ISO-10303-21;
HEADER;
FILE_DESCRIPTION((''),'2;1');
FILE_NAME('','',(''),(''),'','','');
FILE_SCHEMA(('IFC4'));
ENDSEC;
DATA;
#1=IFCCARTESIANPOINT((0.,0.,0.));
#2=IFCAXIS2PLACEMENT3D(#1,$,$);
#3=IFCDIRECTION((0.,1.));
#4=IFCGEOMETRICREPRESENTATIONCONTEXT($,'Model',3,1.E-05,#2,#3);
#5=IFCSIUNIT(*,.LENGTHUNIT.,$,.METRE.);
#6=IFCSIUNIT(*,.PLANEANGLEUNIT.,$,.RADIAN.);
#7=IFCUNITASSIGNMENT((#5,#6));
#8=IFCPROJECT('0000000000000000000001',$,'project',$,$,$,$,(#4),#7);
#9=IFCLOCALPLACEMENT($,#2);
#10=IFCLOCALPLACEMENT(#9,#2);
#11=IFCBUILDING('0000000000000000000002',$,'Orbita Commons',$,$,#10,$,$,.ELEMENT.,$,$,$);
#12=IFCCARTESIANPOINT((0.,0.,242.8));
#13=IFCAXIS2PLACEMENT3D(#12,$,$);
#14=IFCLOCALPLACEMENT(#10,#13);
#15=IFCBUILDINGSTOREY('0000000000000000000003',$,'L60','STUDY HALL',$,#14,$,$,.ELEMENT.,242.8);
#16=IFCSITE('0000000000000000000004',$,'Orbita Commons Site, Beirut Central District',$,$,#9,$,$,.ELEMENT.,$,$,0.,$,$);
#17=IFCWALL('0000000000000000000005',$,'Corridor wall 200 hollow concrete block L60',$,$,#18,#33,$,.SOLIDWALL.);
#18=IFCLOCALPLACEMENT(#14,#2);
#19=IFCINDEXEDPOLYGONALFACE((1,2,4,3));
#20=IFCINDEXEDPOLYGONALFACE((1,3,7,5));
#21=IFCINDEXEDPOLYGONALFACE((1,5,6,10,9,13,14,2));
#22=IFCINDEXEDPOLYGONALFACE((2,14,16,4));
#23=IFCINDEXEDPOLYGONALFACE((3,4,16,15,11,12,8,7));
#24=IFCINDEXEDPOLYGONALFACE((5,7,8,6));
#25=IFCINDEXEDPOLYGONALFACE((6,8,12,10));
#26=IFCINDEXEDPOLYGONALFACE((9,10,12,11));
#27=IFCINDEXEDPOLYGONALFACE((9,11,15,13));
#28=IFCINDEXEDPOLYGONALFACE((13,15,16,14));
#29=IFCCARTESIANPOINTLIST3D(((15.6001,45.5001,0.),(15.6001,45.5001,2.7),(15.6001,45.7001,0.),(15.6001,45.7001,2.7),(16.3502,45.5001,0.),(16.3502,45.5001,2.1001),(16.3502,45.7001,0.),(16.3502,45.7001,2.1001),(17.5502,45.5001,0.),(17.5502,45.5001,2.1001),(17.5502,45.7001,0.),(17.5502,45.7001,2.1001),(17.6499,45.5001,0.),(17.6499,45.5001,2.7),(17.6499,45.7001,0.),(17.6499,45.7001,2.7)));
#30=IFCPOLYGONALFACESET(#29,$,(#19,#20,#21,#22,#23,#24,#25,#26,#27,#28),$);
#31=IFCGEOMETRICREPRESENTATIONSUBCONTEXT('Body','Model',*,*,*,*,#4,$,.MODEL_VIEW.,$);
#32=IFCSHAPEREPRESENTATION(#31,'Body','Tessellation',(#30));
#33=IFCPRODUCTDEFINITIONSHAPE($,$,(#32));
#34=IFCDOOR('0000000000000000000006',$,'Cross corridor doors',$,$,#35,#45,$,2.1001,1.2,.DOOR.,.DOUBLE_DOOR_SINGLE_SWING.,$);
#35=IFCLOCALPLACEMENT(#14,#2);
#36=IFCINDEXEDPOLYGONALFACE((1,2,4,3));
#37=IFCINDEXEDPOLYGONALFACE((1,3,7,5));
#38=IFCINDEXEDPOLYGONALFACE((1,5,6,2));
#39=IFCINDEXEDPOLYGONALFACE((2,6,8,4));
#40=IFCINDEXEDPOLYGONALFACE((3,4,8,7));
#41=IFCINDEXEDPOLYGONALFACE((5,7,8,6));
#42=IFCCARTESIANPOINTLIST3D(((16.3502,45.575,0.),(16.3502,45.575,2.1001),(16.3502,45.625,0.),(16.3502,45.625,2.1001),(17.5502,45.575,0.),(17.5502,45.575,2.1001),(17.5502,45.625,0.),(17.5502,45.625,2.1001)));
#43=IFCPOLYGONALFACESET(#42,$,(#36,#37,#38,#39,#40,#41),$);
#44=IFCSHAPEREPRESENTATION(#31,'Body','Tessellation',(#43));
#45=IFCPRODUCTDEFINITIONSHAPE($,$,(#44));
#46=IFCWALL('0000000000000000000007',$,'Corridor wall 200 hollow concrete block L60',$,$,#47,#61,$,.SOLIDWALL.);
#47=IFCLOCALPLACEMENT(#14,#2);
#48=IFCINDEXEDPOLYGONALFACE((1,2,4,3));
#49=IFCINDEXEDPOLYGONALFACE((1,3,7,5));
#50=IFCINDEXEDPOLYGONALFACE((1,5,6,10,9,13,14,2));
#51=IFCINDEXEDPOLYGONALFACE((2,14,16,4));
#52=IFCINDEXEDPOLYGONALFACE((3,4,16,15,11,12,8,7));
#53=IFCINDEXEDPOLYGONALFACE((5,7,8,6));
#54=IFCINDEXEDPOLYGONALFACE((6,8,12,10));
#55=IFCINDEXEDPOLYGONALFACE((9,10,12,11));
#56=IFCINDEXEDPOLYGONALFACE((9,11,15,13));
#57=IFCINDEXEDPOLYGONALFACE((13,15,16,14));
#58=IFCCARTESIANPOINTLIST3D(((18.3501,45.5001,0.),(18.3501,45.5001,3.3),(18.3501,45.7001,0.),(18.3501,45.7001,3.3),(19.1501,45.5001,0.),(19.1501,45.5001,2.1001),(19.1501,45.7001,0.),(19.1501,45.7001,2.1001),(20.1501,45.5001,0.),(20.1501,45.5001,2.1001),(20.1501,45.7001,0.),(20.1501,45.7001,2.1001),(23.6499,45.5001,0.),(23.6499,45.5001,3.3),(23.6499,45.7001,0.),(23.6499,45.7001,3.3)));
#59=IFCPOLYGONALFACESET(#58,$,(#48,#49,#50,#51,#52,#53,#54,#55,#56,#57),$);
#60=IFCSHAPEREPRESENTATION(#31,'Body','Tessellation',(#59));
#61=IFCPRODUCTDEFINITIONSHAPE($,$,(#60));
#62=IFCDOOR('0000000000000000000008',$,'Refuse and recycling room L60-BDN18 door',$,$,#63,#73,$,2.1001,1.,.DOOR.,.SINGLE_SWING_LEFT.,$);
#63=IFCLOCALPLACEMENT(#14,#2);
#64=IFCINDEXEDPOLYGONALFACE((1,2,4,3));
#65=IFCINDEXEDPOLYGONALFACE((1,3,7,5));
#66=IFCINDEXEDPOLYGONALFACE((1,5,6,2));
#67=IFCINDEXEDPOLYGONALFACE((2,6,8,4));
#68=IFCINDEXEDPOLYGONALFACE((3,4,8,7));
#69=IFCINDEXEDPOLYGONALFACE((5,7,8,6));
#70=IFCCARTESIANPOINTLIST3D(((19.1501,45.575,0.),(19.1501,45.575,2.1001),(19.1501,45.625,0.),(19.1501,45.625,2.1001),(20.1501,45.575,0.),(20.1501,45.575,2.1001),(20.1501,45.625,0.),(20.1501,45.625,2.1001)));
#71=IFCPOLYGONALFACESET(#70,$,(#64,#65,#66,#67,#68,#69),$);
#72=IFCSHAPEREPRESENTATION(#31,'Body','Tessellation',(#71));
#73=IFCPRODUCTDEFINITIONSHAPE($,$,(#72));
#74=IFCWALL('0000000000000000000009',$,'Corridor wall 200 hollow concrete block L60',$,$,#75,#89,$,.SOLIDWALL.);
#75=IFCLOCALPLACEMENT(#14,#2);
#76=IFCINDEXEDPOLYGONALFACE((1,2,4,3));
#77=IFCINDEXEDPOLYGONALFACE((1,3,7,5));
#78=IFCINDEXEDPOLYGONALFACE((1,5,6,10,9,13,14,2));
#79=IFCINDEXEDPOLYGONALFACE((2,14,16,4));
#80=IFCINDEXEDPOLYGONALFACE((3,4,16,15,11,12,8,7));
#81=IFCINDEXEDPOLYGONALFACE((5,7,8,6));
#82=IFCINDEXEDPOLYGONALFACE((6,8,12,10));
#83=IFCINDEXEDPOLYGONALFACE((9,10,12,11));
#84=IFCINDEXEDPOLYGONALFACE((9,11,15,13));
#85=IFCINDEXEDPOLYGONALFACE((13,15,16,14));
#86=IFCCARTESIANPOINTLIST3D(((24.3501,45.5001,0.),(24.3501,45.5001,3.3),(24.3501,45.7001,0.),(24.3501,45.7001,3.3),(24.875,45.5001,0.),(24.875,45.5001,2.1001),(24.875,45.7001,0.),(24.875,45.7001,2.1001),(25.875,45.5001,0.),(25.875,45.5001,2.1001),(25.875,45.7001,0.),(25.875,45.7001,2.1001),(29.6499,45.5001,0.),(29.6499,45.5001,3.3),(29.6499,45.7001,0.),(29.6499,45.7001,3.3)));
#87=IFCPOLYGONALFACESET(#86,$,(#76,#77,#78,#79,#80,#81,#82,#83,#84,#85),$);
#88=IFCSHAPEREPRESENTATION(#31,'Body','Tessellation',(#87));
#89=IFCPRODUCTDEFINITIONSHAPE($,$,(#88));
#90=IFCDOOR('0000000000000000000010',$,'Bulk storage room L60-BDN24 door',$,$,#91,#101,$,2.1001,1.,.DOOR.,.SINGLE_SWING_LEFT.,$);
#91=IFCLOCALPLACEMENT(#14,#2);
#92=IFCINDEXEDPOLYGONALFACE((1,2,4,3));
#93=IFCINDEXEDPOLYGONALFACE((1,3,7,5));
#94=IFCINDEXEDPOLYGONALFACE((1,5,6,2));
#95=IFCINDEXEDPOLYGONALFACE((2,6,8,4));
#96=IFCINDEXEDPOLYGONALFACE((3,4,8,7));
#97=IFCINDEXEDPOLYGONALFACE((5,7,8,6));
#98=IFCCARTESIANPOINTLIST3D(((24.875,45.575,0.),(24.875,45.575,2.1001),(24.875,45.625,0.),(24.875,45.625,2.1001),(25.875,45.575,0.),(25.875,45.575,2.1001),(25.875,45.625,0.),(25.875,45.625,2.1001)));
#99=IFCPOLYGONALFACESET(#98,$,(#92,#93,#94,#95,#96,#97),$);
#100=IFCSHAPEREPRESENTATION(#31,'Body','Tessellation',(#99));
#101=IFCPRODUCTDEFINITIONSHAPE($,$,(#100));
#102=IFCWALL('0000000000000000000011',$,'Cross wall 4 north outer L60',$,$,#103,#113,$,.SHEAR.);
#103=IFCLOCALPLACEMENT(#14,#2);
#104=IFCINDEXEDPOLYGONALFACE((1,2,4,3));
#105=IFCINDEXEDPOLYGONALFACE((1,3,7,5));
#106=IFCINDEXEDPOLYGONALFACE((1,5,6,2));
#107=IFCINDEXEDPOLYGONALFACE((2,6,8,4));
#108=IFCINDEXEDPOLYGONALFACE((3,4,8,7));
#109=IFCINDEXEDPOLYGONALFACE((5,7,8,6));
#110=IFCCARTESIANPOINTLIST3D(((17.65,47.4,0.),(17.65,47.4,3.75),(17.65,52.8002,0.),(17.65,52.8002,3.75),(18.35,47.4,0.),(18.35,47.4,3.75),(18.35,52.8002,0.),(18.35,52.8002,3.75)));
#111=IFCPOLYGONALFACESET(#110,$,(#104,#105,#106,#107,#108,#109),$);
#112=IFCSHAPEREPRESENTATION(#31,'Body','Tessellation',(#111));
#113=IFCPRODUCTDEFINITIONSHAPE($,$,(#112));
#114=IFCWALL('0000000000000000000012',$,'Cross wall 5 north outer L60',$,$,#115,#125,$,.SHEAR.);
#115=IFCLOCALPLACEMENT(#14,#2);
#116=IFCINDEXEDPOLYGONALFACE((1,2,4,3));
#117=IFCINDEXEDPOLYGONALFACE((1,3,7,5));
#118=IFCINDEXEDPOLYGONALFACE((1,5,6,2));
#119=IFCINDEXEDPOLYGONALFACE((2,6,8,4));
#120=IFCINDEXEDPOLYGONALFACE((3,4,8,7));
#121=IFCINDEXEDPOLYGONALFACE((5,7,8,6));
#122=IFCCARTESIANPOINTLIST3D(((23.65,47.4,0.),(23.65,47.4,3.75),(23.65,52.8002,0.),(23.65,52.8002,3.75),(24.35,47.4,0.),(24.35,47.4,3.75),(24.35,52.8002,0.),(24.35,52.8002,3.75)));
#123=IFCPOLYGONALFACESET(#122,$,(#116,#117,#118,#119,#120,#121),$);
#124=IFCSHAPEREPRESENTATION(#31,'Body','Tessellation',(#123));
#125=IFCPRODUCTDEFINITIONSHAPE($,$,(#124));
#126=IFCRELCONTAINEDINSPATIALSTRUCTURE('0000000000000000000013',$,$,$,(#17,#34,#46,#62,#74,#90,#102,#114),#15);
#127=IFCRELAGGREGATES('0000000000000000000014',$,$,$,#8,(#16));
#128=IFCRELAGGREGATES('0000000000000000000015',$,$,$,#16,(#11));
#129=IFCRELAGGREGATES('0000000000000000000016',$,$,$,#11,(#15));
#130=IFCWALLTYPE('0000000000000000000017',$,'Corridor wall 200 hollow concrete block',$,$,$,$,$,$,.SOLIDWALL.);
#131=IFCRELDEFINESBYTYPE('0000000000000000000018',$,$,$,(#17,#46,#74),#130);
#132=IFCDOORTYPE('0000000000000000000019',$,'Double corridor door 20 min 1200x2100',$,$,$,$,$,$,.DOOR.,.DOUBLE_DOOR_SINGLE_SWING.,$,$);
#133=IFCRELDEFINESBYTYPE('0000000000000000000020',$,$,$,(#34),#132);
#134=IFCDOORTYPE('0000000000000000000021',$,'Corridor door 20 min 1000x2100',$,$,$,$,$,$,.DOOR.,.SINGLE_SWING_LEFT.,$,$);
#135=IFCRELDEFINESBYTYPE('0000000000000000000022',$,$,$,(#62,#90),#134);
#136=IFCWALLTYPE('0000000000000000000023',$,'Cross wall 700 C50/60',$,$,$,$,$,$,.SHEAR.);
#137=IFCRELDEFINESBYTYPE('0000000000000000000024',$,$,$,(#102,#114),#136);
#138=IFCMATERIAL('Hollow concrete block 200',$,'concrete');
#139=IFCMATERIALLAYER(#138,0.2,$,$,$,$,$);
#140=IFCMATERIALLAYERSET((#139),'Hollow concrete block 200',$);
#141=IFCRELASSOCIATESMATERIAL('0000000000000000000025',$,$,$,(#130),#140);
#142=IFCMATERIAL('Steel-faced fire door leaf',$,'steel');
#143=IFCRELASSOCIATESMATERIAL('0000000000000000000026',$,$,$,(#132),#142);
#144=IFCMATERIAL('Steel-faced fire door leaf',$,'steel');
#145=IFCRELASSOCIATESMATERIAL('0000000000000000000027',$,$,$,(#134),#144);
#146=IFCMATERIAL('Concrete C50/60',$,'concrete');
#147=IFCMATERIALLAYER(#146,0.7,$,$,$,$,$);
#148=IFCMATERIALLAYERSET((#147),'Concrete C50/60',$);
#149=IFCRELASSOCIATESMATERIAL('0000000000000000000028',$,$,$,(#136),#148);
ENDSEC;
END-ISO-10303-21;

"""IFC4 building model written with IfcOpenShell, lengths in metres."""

from ifc_helpers import new_model, si_unit, direction, frame, frame_2d, origin, place, context, subcontext, project, spatial, rectangle, extrude, material, layer, layer_set, type_object, element, fill, save


model = new_model("IFC4")

# Units and contexts
model_context = context("Model", 3, precision=1e-05, world=origin(), true_north=direction((0.0, 1.0)))
body_context = subcontext(model_context, "Body", "Model", "MODEL_VIEW")
ifc_project = project(units=[si_unit("LENGTHUNIT", "METRE"), si_unit("PLANEANGLEUNIT", "RADIAN")], contexts=[model_context])

# Site, building, storey
site_placement = place(None, origin())
site = spatial("IfcSite", under=ifc_project, at=site_placement, Name="Orbita Commons Site, Beirut Central District", CompositionType="ELEMENT", RefElevation=0.0)
building_placement = place(site_placement, origin())
building = spatial("IfcBuilding", under=site, at=building_placement, Name="Orbita Commons", CompositionType="ELEMENT")
storey_placement = place(building_placement, frame((0.0, 0.0, 242.8)))
storey = spatial("IfcBuildingStorey", under=building, at=storey_placement, Name="L60", Description="STUDY HALL", CompositionType="ELEMENT", Elevation=242.8)

# Walls, openings, doors
ifc_material_1 = material(Name="Hollow concrete block 200", Category="concrete")
ifc_layer_1 = layer(ifc_material_1, 0.2)
ifc_layer_set_1 = layer_set([ifc_layer_1], Name="Hollow concrete block 200")
wall_type_1 = type_object("IfcWallType", Name="Corridor wall 200 hollow concrete block", PredefinedType="SOLIDWALL", material=ifc_layer_set_1)
wall_1_placement = place(storey_placement, frame((15.6001, 45.6001, 0.0), z_axis=(0.0, 0.0, 1.0), x_axis=(1.0, 0.0, 0.0)))
wall_1 = element("IfcWall", 1, at=wall_1_placement, inside=storey, type_object=wall_type_1, Name="Corridor wall 200 hollow concrete block L60", PredefinedType="SOLIDWALL", context=body_context, shape_type="SweptSolid", body=[
    extrude(rectangle(XDim=2.0498, YDim=0.2, at=frame_2d((1.0249, 0.0))), origin(), (0.0, 0.0, 1.0), 2.7),
])
opening_1_placement = place(wall_1_placement, frame((0.75, 0.0, 0.0)))
opening_1 = element("IfcOpeningElement", 2, at=opening_1_placement, cuts=wall_1, PredefinedType="OPENING", context=body_context, shape_type="SweptSolid", body=[
    extrude(rectangle(XDim=1.2, YDim=2.1001, at=frame_2d((0.6001, 1.05))), frame((0.0, 0.1099, 0.0), z_axis=(0.0, -1.0, 0.0), x_axis=(1.0, 0.0, 0.0)), (0.0, 0.0, 1.0), 0.22),
])
ifc_material_2 = material(Name="Steel-faced fire door leaf", Category="steel")
door_type_1 = type_object("IfcDoorType", Name="Double corridor door 20 min 1200x2100", OperationType="DOUBLE_DOOR_SINGLE_SWING", PredefinedType="DOOR", material=ifc_material_2)
door_1_placement = place(opening_1_placement, origin())
door_1 = element("IfcDoor", 3, at=door_1_placement, inside=storey, type_object=door_type_1, Name="Cross corridor doors", OperationType="DOUBLE_DOOR_SINGLE_SWING", OverallHeight=2.1001, OverallWidth=1.2, PredefinedType="DOOR", context=body_context, shape_type="SweptSolid", body=[
    extrude(rectangle(XDim=1.2, YDim=2.1001, at=frame_2d((0.6001, 1.05))), frame((0.0, 0.0249, 0.0), z_axis=(0.0, -1.0, 0.0), x_axis=(1.0, 0.0, 0.0)), (0.0, 0.0, 1.0), 0.05),
])
fill(opening_1, door_1)
wall_2_placement = place(storey_placement, frame((18.3501, 45.6001, 0.0), z_axis=(0.0, 0.0, 1.0), x_axis=(1.0, 0.0, 0.0)))
wall_2 = element("IfcWall", 4, at=wall_2_placement, inside=storey, type_object=wall_type_1, Name="Corridor wall 200 hollow concrete block L60", PredefinedType="SOLIDWALL", context=body_context, shape_type="SweptSolid", body=[
    extrude(rectangle(XDim=5.2998, YDim=0.2, at=frame_2d((2.6499, 0.0))), origin(), (0.0, 0.0, 1.0), 3.3),
])
opening_2_placement = place(wall_2_placement, frame((0.8, 0.0, 0.0)))
opening_2 = element("IfcOpeningElement", 5, at=opening_2_placement, cuts=wall_2, PredefinedType="OPENING", context=body_context, shape_type="SweptSolid", body=[
    extrude(rectangle(XDim=1.0, YDim=2.1001, at=frame_2d((0.5, 1.05))), frame((0.0, 0.1099, 0.0), z_axis=(0.0, -1.0, 0.0), x_axis=(1.0, 0.0, 0.0)), (0.0, 0.0, 1.0), 0.22),
])
ifc_material_3 = material(Name="Steel-faced fire door leaf", Category="steel")
door_type_2 = type_object("IfcDoorType", Name="Corridor door 20 min 1000x2100", OperationType="SINGLE_SWING_LEFT", PredefinedType="DOOR", material=ifc_material_3)
door_2_placement = place(opening_2_placement, origin())
door_2 = element("IfcDoor", 6, at=door_2_placement, inside=storey, type_object=door_type_2, Name="Refuse and recycling room L60-BDN18 door", OperationType="SINGLE_SWING_LEFT", OverallHeight=2.1001, OverallWidth=1.0, PredefinedType="DOOR", context=body_context, shape_type="SweptSolid", body=[
    extrude(rectangle(XDim=1.0, YDim=2.1001, at=frame_2d((0.5, 1.05))), frame((0.0, 0.0249, 0.0), z_axis=(0.0, -1.0, 0.0), x_axis=(1.0, 0.0, 0.0)), (0.0, 0.0, 1.0), 0.05),
])
fill(opening_2, door_2)
wall_3_placement = place(storey_placement, frame((24.3501, 45.6001, 0.0), z_axis=(0.0, 0.0, 1.0), x_axis=(1.0, 0.0, 0.0)))
wall_3 = element("IfcWall", 7, at=wall_3_placement, inside=storey, type_object=wall_type_1, Name="Corridor wall 200 hollow concrete block L60", PredefinedType="SOLIDWALL", context=body_context, shape_type="SweptSolid", body=[
    extrude(rectangle(XDim=5.2998, YDim=0.2, at=frame_2d((2.6499, 0.0))), origin(), (0.0, 0.0, 1.0), 3.3),
])
opening_3_placement = place(wall_3_placement, frame((0.5249, 0.0, 0.0)))
opening_3 = element("IfcOpeningElement", 8, at=opening_3_placement, cuts=wall_3, PredefinedType="OPENING", context=body_context, shape_type="SweptSolid", body=[
    extrude(rectangle(XDim=1.0, YDim=2.1001, at=frame_2d((0.5, 1.05))), frame((0.0, 0.1099, 0.0), z_axis=(0.0, -1.0, 0.0), x_axis=(1.0, 0.0, 0.0)), (0.0, 0.0, 1.0), 0.22),
])
door_3_placement = place(opening_3_placement, origin())
door_3 = element("IfcDoor", 9, at=door_3_placement, inside=storey, type_object=door_type_2, Name="Bulk storage room L60-BDN24 door", OperationType="SINGLE_SWING_LEFT", OverallHeight=2.1001, OverallWidth=1.0, PredefinedType="DOOR", context=body_context, shape_type="SweptSolid", body=[
    extrude(rectangle(XDim=1.0, YDim=2.1001, at=frame_2d((0.5, 1.05))), frame((0.0, 0.0249, 0.0), z_axis=(0.0, -1.0, 0.0), x_axis=(1.0, 0.0, 0.0)), (0.0, 0.0, 1.0), 0.05),
])
fill(opening_3, door_3)

# Walls
ifc_material_4 = material(Name="Concrete C50/60", Category="concrete")
ifc_layer_2 = layer(ifc_material_4, 0.7)
ifc_layer_set_2 = layer_set([ifc_layer_2], Name="Concrete C50/60")
wall_type_2 = type_object("IfcWallType", Name="Cross wall 700 C50/60", PredefinedType="SHEAR", material=ifc_layer_set_2)
for number, where, z_axis, x_axis, name in (
    (10, (18.0, 47.3999, 0.0), (0.0, 0.0, 1.0), (0.0, 1.0, 0.0), "Cross wall 4 north outer L60"),
    (11, (24.0, 47.3999, 0.0), (0.0, 0.0, 1.0), (0.0, 1.0, 0.0), "Cross wall 5 north outer L60"),
):
    element("IfcWall", number, at=place(storey_placement, frame(where, z_axis=z_axis, x_axis=x_axis)), inside=storey, type_object=wall_type_2, Name=name, PredefinedType="SHEAR", context=body_context, shape_type="SweptSolid", body=[
        extrude(rectangle(XDim=5.4001, YDim=0.7, at=frame_2d((2.7002, 0.0))), origin(), (0.0, 0.0, 1.0), 3.75),
    ])

save(model, "model.ifc")
